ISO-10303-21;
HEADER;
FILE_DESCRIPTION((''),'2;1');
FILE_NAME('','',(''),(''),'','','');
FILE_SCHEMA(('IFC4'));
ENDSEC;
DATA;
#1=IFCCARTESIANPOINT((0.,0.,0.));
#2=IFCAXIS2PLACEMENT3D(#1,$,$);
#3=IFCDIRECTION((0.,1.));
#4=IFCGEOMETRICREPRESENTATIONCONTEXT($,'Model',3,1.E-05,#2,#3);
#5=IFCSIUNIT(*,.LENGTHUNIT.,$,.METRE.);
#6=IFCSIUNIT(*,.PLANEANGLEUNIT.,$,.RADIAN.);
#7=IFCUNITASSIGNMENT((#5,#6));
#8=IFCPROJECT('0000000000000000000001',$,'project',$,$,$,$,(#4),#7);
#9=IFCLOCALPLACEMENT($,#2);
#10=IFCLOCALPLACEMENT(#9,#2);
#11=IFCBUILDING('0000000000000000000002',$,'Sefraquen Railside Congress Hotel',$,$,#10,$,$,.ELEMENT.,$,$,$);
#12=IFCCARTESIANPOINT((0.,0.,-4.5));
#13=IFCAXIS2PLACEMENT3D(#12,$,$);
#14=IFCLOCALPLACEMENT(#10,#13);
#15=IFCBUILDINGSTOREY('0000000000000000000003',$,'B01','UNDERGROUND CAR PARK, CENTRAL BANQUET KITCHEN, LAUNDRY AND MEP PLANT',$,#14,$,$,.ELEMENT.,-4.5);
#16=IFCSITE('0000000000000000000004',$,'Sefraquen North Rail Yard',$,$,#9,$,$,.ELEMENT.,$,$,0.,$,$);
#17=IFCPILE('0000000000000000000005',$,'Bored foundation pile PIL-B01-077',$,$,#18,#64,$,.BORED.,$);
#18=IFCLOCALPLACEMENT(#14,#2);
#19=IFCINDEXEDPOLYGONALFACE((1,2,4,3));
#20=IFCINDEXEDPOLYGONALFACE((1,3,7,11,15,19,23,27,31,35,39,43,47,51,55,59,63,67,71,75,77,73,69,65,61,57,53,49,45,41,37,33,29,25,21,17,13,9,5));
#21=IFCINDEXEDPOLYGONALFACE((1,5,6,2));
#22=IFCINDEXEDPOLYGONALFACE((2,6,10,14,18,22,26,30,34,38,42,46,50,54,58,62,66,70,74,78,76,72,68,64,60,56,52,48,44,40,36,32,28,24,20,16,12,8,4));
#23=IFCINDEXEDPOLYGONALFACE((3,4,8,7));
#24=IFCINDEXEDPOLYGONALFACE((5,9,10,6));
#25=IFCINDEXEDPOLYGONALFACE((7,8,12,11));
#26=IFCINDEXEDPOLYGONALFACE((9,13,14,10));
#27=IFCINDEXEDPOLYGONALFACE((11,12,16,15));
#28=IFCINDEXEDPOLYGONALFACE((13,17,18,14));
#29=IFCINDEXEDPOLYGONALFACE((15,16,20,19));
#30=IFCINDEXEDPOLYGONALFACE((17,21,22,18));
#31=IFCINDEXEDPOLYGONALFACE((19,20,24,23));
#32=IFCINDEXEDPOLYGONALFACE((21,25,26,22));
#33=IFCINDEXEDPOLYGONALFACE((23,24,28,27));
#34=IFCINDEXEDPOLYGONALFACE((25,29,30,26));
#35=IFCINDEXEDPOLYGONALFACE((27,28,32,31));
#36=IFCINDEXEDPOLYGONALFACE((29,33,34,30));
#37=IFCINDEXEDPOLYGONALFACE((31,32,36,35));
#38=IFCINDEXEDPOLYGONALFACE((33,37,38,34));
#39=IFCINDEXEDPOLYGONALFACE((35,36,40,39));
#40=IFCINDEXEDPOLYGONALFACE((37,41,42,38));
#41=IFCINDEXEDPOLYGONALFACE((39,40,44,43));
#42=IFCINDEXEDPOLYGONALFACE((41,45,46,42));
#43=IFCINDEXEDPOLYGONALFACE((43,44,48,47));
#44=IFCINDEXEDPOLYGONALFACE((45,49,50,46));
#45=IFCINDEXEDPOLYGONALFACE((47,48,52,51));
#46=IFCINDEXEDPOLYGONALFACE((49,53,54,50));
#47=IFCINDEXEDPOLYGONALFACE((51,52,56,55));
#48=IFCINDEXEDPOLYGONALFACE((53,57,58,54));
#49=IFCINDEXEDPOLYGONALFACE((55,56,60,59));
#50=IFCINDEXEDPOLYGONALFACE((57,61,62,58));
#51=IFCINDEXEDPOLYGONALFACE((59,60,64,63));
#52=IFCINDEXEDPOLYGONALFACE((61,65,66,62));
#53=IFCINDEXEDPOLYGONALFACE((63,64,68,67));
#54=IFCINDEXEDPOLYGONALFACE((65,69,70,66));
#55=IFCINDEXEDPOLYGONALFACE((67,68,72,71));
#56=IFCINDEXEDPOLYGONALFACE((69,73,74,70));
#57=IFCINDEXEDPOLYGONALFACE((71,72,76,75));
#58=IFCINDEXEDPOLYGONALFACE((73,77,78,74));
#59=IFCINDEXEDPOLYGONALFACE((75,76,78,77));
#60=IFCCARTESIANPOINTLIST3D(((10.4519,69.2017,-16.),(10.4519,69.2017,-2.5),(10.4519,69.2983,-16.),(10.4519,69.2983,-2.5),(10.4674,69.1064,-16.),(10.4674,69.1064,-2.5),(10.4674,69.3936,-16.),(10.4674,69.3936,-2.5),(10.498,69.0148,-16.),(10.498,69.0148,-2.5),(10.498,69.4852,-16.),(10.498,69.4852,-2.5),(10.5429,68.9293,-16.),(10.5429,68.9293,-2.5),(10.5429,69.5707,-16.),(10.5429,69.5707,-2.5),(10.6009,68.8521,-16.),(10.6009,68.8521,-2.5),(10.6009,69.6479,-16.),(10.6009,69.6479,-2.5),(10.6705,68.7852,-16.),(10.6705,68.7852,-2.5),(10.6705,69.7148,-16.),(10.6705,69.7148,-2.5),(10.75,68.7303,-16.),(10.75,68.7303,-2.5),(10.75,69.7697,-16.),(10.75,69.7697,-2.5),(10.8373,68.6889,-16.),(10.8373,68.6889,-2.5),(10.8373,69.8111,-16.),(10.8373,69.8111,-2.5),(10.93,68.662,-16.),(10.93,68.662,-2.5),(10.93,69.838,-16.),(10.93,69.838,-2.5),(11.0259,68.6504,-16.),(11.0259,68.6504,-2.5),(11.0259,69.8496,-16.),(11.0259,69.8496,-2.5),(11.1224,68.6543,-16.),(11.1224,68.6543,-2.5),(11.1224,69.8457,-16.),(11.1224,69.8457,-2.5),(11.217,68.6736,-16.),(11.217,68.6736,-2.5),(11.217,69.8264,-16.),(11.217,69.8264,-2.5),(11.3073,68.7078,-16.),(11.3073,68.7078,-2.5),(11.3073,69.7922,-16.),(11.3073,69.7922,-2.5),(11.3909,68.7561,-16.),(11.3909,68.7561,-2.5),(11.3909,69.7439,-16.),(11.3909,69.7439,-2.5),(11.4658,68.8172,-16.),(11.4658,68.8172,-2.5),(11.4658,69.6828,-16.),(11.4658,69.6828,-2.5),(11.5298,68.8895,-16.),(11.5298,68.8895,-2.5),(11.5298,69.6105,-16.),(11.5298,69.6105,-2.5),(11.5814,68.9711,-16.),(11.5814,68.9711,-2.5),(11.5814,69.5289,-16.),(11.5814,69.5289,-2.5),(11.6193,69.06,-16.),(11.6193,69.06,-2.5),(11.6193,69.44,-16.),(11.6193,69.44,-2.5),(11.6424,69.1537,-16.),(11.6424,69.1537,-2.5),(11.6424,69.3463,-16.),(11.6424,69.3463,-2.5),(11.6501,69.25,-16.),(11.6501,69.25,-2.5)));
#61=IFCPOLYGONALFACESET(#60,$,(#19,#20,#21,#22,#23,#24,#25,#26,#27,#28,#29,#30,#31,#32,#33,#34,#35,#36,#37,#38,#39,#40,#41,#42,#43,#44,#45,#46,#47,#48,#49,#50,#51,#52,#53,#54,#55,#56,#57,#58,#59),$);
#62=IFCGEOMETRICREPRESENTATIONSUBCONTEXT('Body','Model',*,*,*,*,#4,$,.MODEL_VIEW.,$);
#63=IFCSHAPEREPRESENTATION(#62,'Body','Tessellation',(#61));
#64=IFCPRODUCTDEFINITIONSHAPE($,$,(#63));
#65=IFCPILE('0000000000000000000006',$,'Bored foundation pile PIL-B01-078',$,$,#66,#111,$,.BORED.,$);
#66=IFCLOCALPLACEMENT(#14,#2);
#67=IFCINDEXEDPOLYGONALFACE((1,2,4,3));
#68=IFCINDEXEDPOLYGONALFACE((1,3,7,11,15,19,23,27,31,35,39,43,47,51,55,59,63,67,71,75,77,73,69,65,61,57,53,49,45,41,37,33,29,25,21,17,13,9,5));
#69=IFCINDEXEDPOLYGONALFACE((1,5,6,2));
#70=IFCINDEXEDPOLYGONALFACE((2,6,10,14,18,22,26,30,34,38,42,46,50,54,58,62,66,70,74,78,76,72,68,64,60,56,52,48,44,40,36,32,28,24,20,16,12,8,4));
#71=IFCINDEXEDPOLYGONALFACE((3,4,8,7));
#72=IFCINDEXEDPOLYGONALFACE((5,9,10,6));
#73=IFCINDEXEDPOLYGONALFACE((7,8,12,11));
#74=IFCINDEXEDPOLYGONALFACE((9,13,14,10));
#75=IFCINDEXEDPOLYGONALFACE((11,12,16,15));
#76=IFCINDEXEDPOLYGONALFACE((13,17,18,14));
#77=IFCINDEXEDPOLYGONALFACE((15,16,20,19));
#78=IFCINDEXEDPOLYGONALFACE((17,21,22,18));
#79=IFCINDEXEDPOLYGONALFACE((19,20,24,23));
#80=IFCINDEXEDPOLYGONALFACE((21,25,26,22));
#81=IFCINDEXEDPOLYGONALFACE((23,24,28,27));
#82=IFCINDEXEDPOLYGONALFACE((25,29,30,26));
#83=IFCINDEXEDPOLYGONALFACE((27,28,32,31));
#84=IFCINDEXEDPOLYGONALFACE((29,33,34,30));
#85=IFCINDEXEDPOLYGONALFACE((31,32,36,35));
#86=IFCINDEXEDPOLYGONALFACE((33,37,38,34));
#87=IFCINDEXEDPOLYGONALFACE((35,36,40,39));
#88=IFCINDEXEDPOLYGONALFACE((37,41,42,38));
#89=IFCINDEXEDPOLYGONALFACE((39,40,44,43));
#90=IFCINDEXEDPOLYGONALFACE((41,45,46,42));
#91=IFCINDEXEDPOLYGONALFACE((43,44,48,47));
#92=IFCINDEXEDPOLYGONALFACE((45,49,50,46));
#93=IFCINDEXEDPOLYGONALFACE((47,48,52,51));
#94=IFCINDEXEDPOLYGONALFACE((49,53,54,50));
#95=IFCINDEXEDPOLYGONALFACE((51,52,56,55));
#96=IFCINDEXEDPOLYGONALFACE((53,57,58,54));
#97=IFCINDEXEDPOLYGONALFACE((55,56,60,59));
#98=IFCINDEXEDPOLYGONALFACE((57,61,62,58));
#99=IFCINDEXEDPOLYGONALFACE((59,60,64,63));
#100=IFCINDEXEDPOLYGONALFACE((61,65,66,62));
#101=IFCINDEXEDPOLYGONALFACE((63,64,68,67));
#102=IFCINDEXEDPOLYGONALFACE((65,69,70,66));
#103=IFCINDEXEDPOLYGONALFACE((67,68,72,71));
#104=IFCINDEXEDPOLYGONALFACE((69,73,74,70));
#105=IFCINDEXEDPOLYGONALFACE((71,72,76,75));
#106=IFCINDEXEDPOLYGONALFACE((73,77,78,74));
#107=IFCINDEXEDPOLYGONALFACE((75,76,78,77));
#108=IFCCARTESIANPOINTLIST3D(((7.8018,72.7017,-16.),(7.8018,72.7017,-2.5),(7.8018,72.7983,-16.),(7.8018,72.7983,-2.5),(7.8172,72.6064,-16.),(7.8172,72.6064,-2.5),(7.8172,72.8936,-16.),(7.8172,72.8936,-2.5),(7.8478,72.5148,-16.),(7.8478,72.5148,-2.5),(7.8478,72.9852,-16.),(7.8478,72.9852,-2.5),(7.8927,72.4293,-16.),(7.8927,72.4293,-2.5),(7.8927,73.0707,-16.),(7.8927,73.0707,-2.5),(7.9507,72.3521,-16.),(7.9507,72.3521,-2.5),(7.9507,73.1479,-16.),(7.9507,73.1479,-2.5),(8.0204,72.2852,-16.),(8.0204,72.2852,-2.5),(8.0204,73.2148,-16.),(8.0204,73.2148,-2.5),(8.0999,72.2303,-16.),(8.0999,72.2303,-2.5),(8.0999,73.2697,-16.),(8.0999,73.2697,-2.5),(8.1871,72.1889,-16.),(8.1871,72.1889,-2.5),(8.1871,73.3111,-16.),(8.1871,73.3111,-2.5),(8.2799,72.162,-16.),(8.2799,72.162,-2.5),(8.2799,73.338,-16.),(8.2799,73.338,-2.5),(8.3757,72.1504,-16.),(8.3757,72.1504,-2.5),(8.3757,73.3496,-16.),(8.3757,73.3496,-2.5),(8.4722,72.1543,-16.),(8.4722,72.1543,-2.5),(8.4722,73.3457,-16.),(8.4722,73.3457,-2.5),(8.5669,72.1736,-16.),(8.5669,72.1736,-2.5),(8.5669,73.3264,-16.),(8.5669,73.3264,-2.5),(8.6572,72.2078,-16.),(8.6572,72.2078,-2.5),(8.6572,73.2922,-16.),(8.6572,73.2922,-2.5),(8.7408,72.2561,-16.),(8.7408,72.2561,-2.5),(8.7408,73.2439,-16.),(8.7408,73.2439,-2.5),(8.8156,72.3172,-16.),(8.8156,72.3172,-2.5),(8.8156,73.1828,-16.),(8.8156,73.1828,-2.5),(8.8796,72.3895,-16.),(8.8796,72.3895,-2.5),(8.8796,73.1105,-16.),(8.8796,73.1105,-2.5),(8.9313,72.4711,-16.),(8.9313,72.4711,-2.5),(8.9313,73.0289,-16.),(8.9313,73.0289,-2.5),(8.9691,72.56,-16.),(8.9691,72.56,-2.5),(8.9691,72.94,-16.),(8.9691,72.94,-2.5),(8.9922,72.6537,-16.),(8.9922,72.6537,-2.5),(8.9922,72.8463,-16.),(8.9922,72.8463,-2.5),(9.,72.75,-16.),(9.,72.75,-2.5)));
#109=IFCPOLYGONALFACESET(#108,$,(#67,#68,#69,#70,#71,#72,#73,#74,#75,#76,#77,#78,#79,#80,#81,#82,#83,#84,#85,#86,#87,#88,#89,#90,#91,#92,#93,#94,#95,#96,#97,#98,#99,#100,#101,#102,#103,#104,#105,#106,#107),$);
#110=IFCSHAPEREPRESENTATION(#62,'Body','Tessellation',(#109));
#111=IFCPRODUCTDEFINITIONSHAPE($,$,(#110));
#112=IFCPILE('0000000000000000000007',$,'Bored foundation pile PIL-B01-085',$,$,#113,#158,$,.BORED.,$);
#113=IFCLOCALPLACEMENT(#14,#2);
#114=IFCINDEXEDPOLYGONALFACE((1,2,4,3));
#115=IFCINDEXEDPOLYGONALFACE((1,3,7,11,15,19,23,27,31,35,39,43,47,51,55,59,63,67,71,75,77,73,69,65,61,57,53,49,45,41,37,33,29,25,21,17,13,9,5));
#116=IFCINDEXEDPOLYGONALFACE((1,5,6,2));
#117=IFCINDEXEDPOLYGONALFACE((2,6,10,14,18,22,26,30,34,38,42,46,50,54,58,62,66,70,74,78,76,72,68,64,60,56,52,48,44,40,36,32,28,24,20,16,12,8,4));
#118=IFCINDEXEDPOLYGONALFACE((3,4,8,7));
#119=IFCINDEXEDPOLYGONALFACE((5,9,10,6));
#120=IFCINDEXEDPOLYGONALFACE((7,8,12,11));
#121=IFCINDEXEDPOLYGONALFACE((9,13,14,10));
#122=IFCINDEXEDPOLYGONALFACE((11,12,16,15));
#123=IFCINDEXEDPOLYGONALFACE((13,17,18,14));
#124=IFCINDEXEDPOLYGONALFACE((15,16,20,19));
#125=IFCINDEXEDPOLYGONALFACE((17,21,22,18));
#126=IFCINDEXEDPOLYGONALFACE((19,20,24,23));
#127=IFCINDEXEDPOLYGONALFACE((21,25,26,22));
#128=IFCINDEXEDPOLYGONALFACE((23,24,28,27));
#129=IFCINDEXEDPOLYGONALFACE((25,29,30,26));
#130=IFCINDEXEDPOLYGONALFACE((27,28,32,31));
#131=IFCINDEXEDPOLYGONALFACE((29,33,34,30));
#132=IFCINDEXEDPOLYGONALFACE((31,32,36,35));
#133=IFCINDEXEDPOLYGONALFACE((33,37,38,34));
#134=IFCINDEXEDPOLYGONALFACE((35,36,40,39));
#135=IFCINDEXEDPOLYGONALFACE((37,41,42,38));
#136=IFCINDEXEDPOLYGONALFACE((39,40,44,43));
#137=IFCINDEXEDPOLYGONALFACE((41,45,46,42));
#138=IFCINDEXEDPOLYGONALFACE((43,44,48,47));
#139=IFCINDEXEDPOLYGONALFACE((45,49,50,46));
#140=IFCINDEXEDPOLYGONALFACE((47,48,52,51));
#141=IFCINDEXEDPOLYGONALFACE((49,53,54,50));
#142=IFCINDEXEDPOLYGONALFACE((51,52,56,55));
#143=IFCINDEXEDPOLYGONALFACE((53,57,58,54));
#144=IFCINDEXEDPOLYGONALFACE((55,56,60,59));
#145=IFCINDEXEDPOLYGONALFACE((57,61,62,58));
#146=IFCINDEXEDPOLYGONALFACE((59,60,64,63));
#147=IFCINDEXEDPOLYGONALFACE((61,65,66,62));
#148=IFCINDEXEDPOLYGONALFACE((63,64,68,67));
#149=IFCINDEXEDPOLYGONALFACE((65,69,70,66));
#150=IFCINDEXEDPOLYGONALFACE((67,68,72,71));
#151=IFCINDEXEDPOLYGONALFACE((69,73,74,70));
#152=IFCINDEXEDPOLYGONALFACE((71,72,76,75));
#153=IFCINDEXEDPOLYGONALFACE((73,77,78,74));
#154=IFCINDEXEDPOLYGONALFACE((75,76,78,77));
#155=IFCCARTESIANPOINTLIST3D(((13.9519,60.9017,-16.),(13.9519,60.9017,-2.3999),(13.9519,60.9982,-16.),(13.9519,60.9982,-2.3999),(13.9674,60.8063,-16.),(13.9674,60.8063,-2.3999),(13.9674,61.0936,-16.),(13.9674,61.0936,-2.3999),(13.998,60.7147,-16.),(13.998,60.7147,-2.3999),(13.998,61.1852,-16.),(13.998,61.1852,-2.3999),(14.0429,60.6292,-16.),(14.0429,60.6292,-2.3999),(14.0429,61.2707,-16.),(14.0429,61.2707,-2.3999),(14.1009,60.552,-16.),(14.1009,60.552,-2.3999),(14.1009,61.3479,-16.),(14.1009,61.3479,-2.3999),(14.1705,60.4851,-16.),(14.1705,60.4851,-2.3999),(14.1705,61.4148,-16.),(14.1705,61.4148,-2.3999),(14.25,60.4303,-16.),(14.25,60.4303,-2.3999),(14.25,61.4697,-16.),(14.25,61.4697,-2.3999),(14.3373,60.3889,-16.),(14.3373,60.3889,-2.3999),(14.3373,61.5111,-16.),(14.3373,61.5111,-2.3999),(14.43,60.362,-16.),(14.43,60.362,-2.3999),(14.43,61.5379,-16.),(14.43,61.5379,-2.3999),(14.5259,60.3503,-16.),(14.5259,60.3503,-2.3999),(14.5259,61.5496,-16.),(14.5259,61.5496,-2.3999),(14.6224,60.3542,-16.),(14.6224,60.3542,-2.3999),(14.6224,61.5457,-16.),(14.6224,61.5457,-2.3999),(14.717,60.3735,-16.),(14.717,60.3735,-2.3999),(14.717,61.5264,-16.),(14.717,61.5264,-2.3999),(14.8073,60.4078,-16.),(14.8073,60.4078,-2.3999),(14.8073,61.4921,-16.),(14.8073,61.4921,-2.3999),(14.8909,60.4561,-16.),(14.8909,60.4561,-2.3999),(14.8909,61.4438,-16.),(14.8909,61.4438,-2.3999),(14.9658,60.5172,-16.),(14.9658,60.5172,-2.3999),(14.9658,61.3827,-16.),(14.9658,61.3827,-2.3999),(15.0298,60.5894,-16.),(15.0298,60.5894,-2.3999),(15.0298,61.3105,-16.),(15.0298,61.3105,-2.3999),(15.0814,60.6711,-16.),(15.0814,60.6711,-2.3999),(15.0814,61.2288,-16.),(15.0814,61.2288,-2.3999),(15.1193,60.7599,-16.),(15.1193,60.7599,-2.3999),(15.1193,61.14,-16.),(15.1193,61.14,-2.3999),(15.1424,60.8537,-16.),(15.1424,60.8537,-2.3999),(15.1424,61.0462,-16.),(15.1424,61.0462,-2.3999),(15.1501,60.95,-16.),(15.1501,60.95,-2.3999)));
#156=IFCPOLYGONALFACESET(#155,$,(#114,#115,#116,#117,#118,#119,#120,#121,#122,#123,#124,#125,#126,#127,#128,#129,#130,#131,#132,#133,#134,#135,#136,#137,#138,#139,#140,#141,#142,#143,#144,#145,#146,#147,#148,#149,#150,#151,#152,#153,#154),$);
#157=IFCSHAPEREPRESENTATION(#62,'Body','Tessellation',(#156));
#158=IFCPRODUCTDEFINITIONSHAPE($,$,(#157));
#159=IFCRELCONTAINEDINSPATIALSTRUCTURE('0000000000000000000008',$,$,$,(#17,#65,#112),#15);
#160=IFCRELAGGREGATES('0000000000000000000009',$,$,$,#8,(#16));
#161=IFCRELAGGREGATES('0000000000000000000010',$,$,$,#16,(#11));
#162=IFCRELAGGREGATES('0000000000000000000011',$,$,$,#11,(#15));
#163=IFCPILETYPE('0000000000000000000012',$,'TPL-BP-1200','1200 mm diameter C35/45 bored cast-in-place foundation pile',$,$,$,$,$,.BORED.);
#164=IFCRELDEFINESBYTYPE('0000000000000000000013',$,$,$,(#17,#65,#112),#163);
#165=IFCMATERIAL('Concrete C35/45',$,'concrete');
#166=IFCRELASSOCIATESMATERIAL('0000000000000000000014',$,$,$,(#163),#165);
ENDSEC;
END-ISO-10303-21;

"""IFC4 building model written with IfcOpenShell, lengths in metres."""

from ifc_helpers import new_model, si_unit, direction, frame, origin, origin_2d, place, context, subcontext, project, spatial, circle, extrude, material, material_profile, profile_set, type_object, element, save


model = new_model("IFC4")

# Units and contexts
model_context = context("Model", 3, precision=1e-05, world=origin(), true_north=direction((0.0, 1.0)))
body_context = subcontext(model_context, "Body", "Model", "MODEL_VIEW")
ifc_project = project(units=[si_unit("LENGTHUNIT", "METRE"), si_unit("PLANEANGLEUNIT", "RADIAN")], contexts=[model_context])

# Site, building, storey
site_placement = place(None, origin())
site = spatial("IfcSite", under=ifc_project, at=site_placement, Name="Sefraquen North Rail Yard", CompositionType="ELEMENT", RefElevation=0.0)
building_placement = place(site_placement, origin())
building = spatial("IfcBuilding", under=site, at=building_placement, Name="Sefraquen Railside Congress Hotel", CompositionType="ELEMENT")
storey_placement = place(building_placement, frame((0.0, 0.0, -4.5)))
storey = spatial("IfcBuildingStorey", under=building, at=storey_placement, Name="B01", Description="UNDERGROUND CAR PARK, CENTRAL BANQUET KITCHEN, LAUNDRY AND MEP PLANT", CompositionType="ELEMENT", Elevation=-4.5)

# Piles
ifc_material_1 = material(Name="Concrete C35/45", Category="concrete")
ifc_material_profile_1 = material_profile(ifc_material_1, circle(Radius=0.6001, at=origin_2d()), Name="BORED PILE 1200")
ifc_profile_set_1 = profile_set([ifc_material_profile_1], Name="Concrete C35/45")
pile_type_1 = type_object("IfcPileType", Name="TPL-BP-1200", Description="1200 mm diameter C35/45 bored cast-in-place foundation pile", PredefinedType="BORED", material=ifc_profile_set_1)
for number, where, z_axis, x_axis, name in (
    (1, (11.05, 69.25, -2.5), (0.0, 0.0, -1.0), (1.0, 0.0, 0.0), "Bored foundation pile PIL-B01-077"),
    (2, (8.3999, 72.75, -2.5), (0.0, 0.0, -1.0), (1.0, 0.0, 0.0), "Bored foundation pile PIL-B01-078"),
):
    element("IfcPile", number, at=place(storey_placement, frame(where, z_axis=z_axis, x_axis=x_axis)), inside=storey, type_object=pile_type_1, Name=name, PredefinedType="BORED", context=body_context, shape_type="SweptSolid", body=[
        extrude(circle(Radius=0.6001, at=origin_2d()), origin(), (0.0, 0.0, 1.0), 13.5),
    ])
pile_1_placement = place(storey_placement, frame((14.55, 60.95, -2.3999), z_axis=(0.0, 0.0, -1.0), x_axis=(1.0, 0.0, 0.0)))
element("IfcPile", 3, at=pile_1_placement, inside=storey, type_object=pile_type_1, Name="Bored foundation pile PIL-B01-085", PredefinedType="BORED", context=body_context, shape_type="SweptSolid", body=[
    extrude(circle(Radius=0.6001, at=origin_2d()), origin(), (0.0, 0.0, 1.0), 13.6001),
])

save(model, "model.ifc")
